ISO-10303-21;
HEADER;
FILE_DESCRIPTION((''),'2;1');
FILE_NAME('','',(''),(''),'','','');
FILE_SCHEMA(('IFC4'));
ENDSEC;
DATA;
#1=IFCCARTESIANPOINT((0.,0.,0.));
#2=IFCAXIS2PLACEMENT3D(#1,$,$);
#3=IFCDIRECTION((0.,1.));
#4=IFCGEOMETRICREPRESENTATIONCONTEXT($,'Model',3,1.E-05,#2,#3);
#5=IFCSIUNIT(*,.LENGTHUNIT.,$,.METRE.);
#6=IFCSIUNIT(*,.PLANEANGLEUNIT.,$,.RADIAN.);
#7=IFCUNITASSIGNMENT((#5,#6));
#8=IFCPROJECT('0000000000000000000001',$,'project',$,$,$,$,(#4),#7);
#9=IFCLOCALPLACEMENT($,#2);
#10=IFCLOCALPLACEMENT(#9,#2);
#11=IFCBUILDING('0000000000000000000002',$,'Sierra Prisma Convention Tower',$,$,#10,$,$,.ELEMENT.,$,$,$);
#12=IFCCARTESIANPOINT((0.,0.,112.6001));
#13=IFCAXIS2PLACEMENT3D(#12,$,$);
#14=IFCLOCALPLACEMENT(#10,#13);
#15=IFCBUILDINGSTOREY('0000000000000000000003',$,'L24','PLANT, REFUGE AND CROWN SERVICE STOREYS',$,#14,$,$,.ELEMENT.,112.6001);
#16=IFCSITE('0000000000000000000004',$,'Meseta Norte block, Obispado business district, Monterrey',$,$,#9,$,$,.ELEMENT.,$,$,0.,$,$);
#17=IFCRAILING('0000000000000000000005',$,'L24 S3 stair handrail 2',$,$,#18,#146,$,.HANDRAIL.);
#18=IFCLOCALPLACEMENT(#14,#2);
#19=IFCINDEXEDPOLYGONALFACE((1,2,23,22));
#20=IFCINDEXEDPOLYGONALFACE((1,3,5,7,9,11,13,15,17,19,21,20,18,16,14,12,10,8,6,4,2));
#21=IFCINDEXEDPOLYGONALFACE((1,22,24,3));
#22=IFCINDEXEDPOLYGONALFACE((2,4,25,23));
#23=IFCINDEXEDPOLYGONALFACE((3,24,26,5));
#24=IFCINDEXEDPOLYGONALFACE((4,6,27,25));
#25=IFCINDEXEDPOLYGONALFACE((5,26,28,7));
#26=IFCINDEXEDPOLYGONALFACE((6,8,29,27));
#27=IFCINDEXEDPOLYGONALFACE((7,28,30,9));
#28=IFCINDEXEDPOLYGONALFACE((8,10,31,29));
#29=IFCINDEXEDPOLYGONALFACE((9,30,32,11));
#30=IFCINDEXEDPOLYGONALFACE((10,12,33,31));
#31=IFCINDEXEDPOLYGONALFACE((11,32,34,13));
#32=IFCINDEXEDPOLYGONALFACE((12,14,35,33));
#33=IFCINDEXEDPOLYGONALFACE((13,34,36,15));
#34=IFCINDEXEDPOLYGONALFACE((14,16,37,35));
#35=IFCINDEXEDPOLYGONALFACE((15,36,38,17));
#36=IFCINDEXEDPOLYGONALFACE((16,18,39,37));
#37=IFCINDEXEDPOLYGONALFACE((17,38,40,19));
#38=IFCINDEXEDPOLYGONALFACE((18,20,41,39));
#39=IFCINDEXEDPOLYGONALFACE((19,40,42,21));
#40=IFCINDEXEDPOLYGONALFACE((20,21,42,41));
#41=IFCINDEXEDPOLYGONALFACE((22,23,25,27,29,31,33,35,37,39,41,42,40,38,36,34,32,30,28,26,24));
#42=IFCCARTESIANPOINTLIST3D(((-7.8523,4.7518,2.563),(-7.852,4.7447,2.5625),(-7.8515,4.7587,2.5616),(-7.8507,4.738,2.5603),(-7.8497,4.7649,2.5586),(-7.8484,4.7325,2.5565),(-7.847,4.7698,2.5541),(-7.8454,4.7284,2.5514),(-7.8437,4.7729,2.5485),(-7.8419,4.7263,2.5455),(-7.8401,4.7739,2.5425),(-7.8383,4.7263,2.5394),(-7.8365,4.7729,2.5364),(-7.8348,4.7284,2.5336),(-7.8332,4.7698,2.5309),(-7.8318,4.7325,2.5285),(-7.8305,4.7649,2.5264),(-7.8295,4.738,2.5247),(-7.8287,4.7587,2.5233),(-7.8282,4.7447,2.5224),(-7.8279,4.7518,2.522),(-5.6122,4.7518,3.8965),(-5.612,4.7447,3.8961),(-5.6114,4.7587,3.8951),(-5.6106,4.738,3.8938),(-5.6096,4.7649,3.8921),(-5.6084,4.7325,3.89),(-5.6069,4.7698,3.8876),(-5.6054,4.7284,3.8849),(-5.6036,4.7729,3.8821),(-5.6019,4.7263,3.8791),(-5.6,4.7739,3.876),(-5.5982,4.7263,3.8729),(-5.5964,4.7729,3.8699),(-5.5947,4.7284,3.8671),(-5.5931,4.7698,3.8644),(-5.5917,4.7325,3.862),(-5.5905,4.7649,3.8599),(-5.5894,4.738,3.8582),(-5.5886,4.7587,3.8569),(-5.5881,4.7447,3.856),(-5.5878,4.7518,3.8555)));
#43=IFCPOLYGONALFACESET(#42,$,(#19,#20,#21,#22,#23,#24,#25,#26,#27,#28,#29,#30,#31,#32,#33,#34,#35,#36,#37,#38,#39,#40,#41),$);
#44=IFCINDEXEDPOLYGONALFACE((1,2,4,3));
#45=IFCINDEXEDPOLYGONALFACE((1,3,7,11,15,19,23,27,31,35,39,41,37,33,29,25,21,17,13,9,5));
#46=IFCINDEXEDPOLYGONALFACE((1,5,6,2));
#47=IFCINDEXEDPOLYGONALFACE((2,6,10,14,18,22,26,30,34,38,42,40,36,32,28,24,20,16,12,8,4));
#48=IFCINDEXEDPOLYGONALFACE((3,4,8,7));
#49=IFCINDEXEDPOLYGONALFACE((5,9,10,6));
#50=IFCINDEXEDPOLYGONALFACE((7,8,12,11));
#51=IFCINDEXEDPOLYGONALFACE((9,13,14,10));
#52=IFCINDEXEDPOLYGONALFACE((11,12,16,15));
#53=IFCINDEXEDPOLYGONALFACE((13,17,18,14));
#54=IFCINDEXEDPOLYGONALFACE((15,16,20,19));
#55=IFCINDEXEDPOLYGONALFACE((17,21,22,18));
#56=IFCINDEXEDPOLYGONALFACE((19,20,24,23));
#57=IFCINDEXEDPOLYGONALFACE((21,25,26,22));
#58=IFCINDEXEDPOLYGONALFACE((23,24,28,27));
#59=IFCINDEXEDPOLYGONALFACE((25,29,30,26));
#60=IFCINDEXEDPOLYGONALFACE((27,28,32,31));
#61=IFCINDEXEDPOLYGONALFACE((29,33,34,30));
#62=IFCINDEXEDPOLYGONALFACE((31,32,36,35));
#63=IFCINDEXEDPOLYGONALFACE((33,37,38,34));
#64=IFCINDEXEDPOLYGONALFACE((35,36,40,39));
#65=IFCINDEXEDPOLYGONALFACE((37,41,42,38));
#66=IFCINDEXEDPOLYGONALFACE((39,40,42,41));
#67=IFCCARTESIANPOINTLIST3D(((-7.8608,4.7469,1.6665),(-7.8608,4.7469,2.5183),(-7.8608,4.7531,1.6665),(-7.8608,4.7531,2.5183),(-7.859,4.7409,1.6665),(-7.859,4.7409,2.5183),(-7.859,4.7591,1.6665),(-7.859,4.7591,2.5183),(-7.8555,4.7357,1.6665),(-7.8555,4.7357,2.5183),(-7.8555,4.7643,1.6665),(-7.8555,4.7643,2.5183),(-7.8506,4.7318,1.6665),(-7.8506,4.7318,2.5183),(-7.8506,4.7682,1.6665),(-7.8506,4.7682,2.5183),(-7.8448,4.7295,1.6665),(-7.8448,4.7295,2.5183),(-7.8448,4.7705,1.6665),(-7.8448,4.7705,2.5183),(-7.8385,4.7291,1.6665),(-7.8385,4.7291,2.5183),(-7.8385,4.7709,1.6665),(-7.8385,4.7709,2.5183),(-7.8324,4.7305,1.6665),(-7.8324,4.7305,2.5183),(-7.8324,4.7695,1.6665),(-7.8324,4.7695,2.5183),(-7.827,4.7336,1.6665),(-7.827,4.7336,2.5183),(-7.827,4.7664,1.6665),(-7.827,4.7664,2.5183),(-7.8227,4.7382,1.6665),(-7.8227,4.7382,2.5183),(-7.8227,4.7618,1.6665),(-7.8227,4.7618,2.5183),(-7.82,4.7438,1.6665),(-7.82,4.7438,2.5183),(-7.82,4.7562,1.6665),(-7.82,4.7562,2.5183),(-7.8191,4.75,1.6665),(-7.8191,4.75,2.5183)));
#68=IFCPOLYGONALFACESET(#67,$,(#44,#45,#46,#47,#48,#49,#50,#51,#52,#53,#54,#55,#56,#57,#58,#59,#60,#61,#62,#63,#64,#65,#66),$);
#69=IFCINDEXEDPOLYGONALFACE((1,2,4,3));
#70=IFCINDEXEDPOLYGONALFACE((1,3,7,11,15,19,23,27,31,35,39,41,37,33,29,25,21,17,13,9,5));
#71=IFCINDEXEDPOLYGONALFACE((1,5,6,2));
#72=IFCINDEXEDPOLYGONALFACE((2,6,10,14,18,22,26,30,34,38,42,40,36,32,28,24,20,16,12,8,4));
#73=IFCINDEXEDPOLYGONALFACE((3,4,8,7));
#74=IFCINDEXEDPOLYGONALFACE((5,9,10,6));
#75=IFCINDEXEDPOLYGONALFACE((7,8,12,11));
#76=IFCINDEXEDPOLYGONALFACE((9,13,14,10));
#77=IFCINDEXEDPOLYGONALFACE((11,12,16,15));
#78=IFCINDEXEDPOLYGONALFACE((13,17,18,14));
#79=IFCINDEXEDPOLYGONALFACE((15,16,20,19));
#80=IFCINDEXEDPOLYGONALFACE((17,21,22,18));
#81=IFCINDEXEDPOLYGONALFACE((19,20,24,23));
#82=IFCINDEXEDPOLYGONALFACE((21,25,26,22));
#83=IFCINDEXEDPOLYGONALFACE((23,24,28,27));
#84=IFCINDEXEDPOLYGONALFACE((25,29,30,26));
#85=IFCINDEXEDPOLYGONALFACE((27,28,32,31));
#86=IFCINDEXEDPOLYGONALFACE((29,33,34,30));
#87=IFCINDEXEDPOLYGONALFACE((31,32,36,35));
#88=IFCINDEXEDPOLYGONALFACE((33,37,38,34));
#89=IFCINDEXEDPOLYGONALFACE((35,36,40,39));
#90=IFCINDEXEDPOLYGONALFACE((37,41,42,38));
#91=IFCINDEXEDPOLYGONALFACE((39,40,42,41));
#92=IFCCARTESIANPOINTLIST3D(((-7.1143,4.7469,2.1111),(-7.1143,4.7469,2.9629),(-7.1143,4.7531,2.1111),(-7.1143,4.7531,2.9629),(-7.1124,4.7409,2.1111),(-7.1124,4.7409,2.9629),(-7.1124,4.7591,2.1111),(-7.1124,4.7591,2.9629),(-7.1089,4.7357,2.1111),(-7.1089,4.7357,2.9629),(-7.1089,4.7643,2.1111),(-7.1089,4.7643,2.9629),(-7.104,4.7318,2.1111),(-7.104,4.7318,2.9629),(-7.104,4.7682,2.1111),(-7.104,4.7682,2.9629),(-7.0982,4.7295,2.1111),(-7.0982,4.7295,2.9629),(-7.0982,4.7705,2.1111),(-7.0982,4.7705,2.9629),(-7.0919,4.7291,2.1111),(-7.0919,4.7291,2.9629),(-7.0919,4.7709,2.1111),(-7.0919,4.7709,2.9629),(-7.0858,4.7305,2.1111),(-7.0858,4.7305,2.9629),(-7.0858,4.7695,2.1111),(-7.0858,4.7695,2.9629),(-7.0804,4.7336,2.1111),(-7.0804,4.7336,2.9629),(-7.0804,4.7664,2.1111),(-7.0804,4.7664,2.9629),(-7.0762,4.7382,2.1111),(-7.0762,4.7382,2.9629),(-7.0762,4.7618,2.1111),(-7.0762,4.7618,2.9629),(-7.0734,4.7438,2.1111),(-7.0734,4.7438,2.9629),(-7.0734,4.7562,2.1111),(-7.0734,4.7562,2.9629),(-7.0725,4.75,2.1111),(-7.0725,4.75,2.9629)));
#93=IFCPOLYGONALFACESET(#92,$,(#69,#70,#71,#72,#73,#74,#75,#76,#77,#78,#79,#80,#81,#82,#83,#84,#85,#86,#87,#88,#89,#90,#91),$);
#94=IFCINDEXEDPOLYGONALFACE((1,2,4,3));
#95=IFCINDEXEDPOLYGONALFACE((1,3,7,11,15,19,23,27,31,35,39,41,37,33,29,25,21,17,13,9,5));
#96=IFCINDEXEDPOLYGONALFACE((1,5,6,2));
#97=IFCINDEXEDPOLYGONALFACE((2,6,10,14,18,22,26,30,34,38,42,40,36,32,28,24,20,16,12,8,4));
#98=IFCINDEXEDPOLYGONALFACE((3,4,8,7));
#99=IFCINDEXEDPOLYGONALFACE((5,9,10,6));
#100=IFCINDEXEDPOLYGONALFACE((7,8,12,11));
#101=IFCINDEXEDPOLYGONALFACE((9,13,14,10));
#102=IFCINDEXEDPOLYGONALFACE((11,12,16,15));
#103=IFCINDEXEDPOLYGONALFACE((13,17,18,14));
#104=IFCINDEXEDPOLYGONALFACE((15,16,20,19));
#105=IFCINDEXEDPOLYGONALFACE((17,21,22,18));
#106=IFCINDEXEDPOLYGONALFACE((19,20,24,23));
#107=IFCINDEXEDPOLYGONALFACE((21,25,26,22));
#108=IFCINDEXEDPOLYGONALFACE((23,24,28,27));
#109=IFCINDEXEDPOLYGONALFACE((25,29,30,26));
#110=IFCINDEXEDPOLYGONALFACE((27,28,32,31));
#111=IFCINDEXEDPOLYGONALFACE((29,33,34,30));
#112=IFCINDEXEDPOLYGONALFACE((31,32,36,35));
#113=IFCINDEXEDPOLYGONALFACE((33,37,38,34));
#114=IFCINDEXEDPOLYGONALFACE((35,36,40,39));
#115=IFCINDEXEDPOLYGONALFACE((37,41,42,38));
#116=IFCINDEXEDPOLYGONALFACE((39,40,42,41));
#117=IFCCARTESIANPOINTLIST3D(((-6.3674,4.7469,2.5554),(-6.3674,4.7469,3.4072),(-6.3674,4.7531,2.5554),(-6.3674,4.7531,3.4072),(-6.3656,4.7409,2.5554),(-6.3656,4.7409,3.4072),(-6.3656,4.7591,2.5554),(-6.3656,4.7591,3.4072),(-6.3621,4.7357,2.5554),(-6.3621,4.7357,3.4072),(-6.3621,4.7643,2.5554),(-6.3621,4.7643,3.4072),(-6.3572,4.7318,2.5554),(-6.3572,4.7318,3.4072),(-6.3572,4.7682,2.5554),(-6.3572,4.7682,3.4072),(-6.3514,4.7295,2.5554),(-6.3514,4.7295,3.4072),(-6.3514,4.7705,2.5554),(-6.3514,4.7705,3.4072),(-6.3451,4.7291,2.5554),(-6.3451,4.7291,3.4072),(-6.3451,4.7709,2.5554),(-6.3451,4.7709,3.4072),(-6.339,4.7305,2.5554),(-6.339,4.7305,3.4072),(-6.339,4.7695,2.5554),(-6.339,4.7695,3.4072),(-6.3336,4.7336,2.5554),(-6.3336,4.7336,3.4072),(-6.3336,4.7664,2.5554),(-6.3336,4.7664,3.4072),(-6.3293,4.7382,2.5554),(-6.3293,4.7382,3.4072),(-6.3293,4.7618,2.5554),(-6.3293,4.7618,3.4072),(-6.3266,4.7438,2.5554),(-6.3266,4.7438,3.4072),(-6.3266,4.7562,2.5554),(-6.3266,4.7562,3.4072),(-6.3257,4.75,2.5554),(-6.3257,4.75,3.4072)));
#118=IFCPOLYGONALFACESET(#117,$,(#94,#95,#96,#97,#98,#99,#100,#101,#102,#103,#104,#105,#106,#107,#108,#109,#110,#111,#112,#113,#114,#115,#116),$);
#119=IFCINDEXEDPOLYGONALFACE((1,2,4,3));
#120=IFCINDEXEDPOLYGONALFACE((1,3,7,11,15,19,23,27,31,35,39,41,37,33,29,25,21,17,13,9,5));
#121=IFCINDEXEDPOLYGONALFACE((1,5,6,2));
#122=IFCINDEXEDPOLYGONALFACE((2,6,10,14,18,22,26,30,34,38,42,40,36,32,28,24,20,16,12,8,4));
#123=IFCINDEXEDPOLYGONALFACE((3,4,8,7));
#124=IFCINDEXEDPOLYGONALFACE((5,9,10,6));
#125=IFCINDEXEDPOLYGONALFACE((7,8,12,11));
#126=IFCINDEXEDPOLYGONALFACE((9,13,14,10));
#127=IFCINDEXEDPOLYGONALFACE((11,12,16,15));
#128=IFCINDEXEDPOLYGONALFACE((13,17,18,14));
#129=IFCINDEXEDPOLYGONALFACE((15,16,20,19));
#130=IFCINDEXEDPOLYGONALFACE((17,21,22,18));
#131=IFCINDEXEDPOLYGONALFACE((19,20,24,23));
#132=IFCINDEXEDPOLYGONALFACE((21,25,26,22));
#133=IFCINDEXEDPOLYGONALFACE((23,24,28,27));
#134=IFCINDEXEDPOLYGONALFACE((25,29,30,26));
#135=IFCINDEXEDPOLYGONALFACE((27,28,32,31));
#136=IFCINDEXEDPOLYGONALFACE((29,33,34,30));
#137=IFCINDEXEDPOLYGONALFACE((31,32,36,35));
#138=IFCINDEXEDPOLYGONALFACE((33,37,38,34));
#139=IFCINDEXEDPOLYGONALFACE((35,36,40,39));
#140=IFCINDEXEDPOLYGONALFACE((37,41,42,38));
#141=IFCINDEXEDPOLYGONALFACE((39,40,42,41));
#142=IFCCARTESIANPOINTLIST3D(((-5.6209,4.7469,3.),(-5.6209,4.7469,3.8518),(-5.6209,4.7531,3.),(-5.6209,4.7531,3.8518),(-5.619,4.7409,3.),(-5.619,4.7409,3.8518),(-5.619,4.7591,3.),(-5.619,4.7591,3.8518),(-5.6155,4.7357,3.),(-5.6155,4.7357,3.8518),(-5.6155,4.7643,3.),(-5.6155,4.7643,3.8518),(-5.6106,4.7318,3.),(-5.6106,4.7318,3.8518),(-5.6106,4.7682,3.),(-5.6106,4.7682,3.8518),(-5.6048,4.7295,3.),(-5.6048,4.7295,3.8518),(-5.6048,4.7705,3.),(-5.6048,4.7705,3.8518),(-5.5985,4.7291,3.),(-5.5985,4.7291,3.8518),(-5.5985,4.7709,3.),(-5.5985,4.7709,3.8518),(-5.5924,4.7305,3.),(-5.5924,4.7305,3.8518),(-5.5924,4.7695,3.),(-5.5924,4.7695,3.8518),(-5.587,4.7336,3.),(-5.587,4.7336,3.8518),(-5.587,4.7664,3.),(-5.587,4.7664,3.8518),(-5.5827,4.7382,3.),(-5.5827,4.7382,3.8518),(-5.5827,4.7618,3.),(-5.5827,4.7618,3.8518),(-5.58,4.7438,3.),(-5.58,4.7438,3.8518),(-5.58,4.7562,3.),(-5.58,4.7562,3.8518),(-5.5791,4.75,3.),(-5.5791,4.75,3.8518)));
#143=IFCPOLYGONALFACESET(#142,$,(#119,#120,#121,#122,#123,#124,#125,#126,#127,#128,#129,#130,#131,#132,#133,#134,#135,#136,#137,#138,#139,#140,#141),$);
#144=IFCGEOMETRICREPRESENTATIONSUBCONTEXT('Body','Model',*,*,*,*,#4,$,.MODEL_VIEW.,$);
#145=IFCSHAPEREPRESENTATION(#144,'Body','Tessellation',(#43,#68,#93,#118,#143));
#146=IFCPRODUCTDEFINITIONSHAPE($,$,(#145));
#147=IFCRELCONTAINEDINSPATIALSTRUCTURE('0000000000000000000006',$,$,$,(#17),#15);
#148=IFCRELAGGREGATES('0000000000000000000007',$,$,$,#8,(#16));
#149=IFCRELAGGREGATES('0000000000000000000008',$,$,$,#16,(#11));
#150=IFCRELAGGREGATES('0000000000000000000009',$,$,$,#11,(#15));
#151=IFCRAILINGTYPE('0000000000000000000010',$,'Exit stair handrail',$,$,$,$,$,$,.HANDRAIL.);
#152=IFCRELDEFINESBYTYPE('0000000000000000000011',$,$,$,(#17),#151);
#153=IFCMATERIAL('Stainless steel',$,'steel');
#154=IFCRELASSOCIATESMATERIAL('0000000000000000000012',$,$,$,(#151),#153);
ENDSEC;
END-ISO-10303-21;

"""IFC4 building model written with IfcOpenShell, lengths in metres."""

from ifc_helpers import new_model, si_unit, direction, frame, origin, origin_2d, place, context, subcontext, project, spatial, circle, extrude, material, type_object, element, save


model = new_model("IFC4")

# Units and contexts
model_context = context("Model", 3, precision=1e-05, world=origin(), true_north=direction((0.0, 1.0)))
body_context = subcontext(model_context, "Body", "Model", "MODEL_VIEW")
ifc_project = project(units=[si_unit("LENGTHUNIT", "METRE"), si_unit("PLANEANGLEUNIT", "RADIAN")], contexts=[model_context])

# Site, building, storey
site_placement = place(None, origin())
site = spatial("IfcSite", under=ifc_project, at=site_placement, Name="Meseta Norte block, Obispado business district, Monterrey", CompositionType="ELEMENT", RefElevation=0.0)
building_placement = place(site_placement, origin())
building = spatial("IfcBuilding", under=site, at=building_placement, Name="Sierra Prisma Convention Tower", CompositionType="ELEMENT")
storey_placement = place(building_placement, frame((0.0, 0.0, 112.6001)))
storey = spatial("IfcBuildingStorey", under=building, at=storey_placement, Name="L24", Description="PLANT, REFUGE AND CROWN SERVICE STOREYS", CompositionType="ELEMENT", Elevation=112.6001)

# Railing
ifc_material_1 = material(Name="Stainless steel", Category="steel")
railing_type_1 = type_object("IfcRailingType", Name="Exit stair handrail", PredefinedType="HANDRAIL", material=ifc_material_1)
for number, where, name in (
    (1, (-7.8401, 4.75, 1.6665), "L24 S3 stair handrail 2"),
):
    element("IfcRailing", number, at=place(storey_placement, frame(where)), inside=storey, type_object=railing_type_1, Name=name, PredefinedType="HANDRAIL", context=body_context, shape_type="SweptSolid", body=[
        extrude(circle(Radius=0.0239, at=origin_2d()), frame((0.0, 0.0, 0.876), z_axis=(0.859264, 0.0, 0.511532), x_axis=(0.0, 1.0, 0.0)), (0.0, 0.0, 1.0), 2.6069),
        extrude(circle(Radius=0.021, at=origin_2d()), origin(), (0.0, 0.0, 1.0), 0.8518),
        extrude(circle(Radius=0.021, at=origin_2d()), frame((0.7466, 0.0, 0.4446)), (0.0, 0.0, 1.0), 0.8518),
        extrude(circle(Radius=0.021, at=origin_2d()), frame((1.4934, 0.0, 0.8889)), (0.0, 0.0, 1.0), 0.8518),
        extrude(circle(Radius=0.021, at=origin_2d()), frame((2.24, 0.0, 1.3335)), (0.0, 0.0, 1.0), 0.8518),
    ])

save(model, "model.ifc")
